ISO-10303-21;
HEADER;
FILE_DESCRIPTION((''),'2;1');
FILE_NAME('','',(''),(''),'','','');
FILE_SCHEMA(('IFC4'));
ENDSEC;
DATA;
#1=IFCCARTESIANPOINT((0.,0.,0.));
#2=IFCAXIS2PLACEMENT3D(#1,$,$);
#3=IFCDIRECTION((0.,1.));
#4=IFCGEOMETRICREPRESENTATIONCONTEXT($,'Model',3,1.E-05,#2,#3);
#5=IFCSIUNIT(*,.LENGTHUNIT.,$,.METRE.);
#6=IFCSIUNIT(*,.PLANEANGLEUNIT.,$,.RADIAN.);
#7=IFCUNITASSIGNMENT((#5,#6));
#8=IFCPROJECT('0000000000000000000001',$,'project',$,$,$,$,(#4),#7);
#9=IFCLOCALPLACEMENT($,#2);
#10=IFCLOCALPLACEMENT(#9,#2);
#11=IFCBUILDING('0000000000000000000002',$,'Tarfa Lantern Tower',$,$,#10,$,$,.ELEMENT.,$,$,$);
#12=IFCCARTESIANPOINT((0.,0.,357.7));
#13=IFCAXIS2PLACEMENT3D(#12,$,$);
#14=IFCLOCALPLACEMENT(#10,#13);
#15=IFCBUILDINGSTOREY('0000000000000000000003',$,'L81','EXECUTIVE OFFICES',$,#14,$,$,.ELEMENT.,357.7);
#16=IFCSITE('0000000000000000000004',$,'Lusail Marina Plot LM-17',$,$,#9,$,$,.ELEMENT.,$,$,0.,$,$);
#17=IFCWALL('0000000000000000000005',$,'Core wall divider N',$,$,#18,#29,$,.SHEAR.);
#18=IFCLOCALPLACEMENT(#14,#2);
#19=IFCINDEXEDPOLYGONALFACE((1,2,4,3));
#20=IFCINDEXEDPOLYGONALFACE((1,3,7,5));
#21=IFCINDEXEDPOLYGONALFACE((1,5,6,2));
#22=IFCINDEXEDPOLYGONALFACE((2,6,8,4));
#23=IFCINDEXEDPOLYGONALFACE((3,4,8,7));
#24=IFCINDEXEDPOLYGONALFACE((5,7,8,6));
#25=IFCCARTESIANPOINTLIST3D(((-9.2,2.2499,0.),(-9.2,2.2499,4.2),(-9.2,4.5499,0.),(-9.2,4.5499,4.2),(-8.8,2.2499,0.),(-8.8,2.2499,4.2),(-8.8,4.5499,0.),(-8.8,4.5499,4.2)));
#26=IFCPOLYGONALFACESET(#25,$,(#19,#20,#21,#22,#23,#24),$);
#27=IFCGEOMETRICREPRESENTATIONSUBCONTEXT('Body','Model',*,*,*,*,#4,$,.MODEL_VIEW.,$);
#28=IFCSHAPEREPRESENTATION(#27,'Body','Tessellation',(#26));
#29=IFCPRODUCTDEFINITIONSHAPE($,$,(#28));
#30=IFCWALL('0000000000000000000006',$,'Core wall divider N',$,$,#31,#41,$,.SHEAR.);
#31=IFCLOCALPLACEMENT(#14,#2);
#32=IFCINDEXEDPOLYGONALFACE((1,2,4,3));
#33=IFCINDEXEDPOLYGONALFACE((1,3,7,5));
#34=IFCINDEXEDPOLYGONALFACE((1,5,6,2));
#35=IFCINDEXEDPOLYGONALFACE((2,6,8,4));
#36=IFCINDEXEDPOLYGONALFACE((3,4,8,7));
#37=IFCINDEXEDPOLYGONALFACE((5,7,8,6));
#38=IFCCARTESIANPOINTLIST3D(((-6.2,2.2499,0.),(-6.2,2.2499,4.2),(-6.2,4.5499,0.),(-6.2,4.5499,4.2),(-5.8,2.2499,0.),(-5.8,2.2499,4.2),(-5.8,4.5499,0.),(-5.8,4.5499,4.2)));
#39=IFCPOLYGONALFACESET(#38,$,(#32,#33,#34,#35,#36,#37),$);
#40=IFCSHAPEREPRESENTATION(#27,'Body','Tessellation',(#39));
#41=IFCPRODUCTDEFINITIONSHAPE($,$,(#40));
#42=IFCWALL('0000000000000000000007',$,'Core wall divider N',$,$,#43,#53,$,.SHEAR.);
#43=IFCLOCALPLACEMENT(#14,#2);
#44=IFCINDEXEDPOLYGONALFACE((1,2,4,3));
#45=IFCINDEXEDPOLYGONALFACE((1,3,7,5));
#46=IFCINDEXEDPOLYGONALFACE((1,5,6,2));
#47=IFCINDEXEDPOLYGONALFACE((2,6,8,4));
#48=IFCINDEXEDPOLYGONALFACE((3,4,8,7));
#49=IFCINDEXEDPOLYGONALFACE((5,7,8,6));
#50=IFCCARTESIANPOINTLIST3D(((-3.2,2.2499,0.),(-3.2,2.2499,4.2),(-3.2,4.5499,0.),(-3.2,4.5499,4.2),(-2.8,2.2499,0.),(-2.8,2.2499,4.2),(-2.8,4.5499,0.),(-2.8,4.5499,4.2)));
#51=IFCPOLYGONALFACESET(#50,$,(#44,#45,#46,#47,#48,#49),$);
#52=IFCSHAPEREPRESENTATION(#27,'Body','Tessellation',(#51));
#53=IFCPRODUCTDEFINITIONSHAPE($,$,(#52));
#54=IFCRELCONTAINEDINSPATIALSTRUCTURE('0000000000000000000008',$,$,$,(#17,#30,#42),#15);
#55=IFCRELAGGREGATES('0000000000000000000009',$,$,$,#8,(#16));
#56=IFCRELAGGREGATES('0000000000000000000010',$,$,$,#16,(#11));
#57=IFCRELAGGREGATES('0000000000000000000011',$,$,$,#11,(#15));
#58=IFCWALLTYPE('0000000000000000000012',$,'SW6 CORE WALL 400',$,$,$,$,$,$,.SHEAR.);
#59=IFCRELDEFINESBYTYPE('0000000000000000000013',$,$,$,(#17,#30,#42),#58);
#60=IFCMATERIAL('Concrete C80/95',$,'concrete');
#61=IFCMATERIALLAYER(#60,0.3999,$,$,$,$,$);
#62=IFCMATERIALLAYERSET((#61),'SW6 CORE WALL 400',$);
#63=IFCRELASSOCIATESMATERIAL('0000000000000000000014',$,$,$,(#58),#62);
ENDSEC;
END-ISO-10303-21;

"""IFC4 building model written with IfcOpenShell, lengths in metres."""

from ifc_helpers import new_model, si_unit, direction, frame, frame_2d, origin, place, context, subcontext, project, spatial, rectangle, extrude, material, layer, layer_set, type_object, element, save


model = new_model("IFC4")

# Units and contexts
model_context = context("Model", 3, precision=1e-05, world=origin(), true_north=direction((0.0, 1.0)))
body_context = subcontext(model_context, "Body", "Model", "MODEL_VIEW")
ifc_project = project(units=[si_unit("LENGTHUNIT", "METRE"), si_unit("PLANEANGLEUNIT", "RADIAN")], contexts=[model_context])

# Site, building, storey
site_placement = place(None, origin())
site = spatial("IfcSite", under=ifc_project, at=site_placement, Name="Lusail Marina Plot LM-17", CompositionType="ELEMENT", RefElevation=0.0)
building_placement = place(site_placement, origin())
building = spatial("IfcBuilding", under=site, at=building_placement, Name="Tarfa Lantern Tower", CompositionType="ELEMENT")
storey_placement = place(building_placement, frame((0.0, 0.0, 357.7)))
storey = spatial("IfcBuildingStorey", under=building, at=storey_placement, Name="L81", Description="EXECUTIVE OFFICES", CompositionType="ELEMENT", Elevation=357.7)

# Shared definitions
ifc_material_1 = material(Name="Concrete C80/95", Category="concrete")

# Walls
ifc_layer_1 = layer(ifc_material_1, 0.3999)
ifc_layer_set_1 = layer_set([ifc_layer_1], Name="SW6 CORE WALL 400")
wall_type_1 = type_object("IfcWallType", Name="SW6 CORE WALL 400", PredefinedType="SHEAR", material=ifc_layer_set_1)
for number, where, z_axis, x_axis, name in (
    (1, (-9.0, 2.25, 0.0), (0.0, 0.0, 1.0), (0.0, 1.0, 0.0), "Core wall divider N"),
    (2, (-6.0, 2.25, 0.0), (0.0, 0.0, 1.0), (0.0, 1.0, 0.0), "Core wall divider N"),
    (3, (-3.0, 2.25, 0.0), (0.0, 0.0, 1.0), (0.0, 1.0, 0.0), "Core wall divider N"),
):
    element("IfcWall", number, at=place(storey_placement, frame(where, z_axis=z_axis, x_axis=x_axis)), inside=storey, type_object=wall_type_1, Name=name, PredefinedType="SHEAR", context=body_context, shape_type="SweptSolid", body=[
        extrude(rectangle(XDim=2.3, YDim=0.3999, at=frame_2d((1.1499, 0.0))), origin(), (0.0, 0.0, 1.0), 4.2),
    ])

save(model, "model.ifc")
